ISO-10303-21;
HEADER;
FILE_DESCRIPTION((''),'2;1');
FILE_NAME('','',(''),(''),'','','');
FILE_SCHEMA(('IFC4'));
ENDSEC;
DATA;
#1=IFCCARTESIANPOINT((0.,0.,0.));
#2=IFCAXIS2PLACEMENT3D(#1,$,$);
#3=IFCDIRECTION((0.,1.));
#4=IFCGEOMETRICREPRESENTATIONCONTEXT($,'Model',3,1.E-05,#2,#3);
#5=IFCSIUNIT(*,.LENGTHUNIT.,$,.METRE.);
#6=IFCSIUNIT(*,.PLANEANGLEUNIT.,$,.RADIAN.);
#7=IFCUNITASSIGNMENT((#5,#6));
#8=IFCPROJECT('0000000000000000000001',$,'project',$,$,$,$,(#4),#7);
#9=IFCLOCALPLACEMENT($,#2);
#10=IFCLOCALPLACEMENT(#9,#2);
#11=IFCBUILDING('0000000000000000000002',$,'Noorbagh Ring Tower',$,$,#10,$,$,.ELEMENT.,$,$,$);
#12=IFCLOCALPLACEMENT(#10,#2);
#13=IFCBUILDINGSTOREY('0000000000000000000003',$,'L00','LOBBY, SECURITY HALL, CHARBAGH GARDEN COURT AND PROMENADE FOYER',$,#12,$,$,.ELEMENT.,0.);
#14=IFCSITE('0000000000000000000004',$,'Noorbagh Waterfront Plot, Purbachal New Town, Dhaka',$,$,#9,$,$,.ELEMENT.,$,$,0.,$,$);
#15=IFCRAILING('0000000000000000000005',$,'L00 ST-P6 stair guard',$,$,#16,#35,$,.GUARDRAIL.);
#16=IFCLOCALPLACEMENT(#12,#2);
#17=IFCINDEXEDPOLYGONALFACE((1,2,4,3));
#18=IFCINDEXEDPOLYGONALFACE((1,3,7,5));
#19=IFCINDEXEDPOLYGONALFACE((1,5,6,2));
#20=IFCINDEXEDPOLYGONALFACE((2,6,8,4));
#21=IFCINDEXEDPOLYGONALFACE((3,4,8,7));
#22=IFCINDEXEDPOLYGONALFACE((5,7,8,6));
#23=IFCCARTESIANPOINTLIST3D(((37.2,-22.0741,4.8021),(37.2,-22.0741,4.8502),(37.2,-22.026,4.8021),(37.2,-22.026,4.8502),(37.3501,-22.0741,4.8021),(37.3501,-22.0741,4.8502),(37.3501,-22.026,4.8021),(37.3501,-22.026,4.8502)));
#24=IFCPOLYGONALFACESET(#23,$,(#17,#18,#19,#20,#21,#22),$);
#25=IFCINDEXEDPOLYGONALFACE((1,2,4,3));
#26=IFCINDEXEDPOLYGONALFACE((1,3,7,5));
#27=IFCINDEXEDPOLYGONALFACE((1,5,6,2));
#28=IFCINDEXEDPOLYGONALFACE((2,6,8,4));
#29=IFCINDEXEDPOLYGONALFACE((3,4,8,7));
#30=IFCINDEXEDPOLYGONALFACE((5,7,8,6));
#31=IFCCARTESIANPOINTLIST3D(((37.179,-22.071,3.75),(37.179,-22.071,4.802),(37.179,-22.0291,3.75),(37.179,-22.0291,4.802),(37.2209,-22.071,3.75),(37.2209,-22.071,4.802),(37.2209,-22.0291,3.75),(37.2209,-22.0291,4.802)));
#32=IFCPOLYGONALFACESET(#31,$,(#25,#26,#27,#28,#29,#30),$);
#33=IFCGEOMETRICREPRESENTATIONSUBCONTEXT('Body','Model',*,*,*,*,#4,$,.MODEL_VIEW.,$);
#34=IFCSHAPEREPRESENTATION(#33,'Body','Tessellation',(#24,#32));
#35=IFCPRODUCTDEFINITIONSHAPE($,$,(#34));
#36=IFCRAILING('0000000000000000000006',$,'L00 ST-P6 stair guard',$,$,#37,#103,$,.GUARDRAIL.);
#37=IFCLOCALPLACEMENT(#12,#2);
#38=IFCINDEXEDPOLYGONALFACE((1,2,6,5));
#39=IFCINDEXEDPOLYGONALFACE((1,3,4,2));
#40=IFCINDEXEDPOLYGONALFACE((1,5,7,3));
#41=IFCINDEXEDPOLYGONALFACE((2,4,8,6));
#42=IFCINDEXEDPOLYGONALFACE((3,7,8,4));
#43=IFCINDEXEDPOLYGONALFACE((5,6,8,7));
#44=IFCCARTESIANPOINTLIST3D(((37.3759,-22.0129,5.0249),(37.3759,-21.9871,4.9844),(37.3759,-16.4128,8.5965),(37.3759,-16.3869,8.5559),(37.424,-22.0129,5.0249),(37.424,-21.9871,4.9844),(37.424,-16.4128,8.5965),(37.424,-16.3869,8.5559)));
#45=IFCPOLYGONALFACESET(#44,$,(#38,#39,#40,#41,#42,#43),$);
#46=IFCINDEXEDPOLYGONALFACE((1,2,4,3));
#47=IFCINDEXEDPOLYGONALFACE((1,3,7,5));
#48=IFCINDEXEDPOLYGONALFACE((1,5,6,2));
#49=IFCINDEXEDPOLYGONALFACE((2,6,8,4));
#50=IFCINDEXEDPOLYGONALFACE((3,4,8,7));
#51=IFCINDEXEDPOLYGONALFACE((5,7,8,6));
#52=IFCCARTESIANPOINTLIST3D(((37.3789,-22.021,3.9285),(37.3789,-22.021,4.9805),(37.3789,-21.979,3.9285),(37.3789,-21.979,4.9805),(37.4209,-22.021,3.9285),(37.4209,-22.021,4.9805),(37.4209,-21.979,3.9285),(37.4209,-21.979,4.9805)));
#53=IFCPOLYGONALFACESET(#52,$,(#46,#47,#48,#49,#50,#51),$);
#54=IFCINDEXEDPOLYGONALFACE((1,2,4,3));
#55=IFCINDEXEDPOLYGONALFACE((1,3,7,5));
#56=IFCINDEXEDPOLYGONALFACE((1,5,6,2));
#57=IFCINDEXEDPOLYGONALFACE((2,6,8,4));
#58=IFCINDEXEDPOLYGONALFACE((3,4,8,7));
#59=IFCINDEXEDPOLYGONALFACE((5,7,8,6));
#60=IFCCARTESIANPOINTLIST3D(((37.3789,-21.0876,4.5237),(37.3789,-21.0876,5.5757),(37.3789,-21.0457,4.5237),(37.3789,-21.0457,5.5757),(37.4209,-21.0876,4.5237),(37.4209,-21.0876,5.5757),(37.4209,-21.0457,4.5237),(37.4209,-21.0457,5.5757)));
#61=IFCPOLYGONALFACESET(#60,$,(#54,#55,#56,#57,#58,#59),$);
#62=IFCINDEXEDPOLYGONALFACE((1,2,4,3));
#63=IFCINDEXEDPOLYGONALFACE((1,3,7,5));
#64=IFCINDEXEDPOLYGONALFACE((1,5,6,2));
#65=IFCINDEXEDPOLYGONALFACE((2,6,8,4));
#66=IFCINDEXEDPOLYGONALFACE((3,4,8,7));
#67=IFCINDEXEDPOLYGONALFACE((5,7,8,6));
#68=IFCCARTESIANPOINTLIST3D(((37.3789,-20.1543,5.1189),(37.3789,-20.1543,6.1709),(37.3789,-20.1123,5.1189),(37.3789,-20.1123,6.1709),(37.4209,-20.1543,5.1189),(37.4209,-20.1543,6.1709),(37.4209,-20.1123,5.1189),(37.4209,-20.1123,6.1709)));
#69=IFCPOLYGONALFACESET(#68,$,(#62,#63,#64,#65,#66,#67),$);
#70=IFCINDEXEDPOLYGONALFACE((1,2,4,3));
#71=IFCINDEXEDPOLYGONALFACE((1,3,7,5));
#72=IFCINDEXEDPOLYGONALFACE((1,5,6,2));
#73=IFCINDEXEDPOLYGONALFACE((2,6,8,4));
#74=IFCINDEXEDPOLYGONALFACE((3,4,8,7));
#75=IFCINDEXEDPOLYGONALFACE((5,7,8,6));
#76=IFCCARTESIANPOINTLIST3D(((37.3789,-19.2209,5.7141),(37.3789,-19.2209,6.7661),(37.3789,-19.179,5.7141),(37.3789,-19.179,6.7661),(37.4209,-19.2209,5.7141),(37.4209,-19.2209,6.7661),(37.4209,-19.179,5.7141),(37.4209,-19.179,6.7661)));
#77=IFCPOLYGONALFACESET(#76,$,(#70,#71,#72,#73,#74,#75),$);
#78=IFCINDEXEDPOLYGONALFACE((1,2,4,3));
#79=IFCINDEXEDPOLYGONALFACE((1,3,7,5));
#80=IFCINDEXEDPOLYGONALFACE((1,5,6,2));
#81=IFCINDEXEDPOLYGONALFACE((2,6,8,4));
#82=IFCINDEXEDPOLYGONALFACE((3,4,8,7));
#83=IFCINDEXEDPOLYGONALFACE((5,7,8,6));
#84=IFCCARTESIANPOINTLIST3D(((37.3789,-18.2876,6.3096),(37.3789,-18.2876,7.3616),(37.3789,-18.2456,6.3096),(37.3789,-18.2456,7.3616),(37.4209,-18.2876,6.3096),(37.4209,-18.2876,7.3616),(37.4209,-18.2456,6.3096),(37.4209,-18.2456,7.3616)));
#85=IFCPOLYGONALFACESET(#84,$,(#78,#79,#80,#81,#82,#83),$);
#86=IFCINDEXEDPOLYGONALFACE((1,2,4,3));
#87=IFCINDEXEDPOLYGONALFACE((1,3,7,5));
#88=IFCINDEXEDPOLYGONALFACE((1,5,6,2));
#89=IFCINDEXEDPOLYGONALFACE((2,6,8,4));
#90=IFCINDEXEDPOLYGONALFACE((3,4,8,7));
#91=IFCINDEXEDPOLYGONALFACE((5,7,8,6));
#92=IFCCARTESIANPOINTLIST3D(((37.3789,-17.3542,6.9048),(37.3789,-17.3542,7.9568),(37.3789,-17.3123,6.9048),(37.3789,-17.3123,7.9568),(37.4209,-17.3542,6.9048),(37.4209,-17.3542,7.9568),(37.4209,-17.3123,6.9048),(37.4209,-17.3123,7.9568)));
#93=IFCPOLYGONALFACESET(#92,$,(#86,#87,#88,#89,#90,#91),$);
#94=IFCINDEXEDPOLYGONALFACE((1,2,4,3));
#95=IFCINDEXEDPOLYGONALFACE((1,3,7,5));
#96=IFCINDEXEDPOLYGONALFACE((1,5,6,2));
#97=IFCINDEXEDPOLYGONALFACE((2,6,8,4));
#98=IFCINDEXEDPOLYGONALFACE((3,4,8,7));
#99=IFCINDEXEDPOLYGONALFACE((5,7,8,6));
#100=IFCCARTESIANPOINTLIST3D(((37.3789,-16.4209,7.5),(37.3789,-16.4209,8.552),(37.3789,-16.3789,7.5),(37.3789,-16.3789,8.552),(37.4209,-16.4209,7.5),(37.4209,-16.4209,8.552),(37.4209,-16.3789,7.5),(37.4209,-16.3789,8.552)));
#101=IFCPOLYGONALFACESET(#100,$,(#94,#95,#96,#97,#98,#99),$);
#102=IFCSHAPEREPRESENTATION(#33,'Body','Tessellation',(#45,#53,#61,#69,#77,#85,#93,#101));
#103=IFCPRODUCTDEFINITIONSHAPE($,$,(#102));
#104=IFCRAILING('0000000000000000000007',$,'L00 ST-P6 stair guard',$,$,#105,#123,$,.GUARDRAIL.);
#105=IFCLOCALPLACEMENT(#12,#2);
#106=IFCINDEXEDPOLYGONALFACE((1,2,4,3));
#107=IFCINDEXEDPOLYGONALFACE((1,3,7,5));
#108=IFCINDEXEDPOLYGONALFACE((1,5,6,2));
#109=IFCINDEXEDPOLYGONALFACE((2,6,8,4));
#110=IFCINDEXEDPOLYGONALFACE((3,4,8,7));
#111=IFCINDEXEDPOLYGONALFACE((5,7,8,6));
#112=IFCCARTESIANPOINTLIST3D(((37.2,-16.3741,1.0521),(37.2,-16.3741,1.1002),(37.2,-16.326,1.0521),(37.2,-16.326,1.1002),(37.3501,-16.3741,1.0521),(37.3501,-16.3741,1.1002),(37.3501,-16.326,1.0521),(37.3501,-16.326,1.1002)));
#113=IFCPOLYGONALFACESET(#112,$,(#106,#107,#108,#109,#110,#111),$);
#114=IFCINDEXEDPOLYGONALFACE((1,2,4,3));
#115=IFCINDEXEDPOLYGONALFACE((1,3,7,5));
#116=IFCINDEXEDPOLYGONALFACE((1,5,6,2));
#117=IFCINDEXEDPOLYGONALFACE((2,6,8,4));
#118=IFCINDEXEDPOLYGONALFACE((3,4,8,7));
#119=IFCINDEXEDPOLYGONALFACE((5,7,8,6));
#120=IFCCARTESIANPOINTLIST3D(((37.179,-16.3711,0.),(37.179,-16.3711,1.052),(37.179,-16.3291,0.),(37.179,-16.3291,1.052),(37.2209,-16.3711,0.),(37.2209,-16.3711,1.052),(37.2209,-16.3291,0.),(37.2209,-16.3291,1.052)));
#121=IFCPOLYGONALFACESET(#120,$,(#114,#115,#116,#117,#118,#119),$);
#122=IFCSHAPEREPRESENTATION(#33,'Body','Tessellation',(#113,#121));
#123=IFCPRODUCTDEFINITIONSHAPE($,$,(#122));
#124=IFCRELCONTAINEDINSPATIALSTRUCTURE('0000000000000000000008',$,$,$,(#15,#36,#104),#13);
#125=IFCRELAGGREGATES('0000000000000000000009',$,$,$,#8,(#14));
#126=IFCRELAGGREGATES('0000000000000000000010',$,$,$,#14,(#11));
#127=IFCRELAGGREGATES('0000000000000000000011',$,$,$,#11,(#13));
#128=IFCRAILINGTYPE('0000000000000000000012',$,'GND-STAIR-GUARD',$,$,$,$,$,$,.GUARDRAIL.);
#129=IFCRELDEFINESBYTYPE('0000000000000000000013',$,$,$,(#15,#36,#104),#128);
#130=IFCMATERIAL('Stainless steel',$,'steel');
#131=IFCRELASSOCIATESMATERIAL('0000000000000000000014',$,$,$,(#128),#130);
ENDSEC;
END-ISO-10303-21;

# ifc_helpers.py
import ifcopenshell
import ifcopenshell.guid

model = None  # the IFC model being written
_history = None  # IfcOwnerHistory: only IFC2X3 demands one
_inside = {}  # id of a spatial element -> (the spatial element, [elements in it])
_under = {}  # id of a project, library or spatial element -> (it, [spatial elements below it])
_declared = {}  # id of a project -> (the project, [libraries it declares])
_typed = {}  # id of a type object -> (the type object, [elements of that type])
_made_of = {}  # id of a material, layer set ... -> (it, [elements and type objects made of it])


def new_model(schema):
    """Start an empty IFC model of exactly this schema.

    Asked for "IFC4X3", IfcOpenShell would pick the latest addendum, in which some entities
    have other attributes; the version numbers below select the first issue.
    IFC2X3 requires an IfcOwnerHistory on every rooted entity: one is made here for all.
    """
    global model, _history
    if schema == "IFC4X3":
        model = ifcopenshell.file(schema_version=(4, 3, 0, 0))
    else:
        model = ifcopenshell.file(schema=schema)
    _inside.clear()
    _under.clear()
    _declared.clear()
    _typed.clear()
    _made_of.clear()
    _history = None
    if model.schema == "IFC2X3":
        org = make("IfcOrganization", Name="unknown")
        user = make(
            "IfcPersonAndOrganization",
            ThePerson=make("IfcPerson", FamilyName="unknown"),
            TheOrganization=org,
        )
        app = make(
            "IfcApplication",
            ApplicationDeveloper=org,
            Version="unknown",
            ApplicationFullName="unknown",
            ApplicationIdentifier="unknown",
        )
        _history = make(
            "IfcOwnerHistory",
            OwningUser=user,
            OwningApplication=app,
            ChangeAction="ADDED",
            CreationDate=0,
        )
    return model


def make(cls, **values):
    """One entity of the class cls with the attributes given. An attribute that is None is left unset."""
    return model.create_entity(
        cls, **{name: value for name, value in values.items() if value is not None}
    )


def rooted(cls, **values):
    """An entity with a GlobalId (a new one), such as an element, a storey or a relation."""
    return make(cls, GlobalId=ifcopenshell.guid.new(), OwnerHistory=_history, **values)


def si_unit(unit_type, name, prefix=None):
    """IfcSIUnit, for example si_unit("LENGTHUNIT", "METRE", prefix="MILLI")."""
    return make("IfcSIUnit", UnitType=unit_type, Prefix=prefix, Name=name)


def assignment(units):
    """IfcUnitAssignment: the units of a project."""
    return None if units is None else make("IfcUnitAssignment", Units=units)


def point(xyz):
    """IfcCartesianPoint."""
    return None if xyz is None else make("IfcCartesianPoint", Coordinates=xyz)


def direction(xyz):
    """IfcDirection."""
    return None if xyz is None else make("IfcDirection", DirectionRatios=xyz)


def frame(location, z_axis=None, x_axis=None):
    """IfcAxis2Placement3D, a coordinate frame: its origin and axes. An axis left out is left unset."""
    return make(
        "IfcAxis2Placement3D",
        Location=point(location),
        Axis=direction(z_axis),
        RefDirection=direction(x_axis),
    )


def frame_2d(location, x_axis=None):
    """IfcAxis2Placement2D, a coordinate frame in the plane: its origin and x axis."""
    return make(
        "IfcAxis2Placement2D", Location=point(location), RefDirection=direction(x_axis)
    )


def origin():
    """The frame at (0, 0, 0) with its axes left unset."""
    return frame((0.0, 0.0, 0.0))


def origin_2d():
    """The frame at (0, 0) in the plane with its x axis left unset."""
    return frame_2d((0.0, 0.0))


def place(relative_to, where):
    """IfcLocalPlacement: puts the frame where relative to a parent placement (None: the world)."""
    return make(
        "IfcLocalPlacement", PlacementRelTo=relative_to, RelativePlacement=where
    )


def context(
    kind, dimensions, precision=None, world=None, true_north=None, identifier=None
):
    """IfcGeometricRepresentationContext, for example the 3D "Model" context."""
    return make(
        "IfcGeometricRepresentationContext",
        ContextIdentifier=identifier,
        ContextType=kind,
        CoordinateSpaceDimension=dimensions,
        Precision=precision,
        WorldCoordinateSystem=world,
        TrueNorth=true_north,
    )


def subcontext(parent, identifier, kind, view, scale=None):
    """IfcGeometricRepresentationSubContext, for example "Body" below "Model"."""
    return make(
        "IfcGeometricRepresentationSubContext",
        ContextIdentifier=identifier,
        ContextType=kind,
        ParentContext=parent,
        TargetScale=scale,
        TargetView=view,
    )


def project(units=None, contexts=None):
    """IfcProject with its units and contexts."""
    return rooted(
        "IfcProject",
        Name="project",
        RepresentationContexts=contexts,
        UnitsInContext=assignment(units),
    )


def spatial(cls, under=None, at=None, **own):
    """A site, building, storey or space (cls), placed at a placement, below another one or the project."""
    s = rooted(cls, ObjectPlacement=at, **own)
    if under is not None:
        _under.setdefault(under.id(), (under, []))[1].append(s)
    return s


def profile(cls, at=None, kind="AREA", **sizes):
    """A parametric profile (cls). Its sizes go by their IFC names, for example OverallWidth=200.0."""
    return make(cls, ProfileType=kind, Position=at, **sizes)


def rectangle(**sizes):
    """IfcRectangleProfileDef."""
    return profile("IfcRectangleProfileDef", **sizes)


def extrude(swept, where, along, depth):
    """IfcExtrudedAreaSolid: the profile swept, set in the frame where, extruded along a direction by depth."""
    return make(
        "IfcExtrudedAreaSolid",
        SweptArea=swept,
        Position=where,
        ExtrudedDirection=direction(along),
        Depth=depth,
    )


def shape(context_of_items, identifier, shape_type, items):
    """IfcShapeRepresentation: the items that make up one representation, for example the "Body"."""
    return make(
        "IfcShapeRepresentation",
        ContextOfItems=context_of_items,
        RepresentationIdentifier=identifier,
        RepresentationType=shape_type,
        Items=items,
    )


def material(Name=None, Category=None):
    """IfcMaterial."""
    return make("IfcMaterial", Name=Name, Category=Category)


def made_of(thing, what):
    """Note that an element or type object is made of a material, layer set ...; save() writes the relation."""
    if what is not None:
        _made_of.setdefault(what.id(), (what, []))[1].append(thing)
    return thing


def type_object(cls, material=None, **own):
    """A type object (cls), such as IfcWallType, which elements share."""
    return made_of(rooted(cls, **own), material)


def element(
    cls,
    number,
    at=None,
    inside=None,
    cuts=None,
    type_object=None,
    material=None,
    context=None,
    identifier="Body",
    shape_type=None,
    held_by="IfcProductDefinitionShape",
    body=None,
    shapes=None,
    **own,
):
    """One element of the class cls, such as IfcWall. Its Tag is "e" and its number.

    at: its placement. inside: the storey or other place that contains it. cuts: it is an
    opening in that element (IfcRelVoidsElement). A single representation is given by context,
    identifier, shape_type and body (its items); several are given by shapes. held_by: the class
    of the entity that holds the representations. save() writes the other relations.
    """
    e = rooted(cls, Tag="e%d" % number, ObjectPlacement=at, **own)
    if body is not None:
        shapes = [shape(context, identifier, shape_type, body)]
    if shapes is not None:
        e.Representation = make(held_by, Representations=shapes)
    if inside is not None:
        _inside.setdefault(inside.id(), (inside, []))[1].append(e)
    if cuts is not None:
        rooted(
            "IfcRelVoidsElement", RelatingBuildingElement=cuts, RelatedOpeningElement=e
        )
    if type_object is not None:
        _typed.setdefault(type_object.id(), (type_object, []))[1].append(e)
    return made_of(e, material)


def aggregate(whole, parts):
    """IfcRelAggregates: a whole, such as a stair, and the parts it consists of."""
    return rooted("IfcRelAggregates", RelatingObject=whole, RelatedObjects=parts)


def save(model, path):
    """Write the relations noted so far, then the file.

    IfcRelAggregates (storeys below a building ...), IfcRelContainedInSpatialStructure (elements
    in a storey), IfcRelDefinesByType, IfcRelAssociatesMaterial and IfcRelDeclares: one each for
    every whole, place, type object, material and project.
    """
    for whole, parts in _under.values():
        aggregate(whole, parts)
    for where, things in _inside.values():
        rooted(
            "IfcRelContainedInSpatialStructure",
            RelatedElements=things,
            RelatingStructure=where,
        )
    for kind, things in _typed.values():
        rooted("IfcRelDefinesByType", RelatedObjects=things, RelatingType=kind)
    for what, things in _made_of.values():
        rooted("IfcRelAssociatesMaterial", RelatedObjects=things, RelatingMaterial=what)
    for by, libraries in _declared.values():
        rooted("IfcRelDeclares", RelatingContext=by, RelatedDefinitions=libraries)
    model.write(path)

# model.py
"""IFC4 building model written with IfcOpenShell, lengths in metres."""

from ifc_helpers import new_model, si_unit, direction, frame, origin, origin_2d, place, context, subcontext, project, spatial, rectangle, extrude, material, type_object, element, save


model = new_model("IFC4")

# Units and contexts
model_context = context("Model", 3, precision=1e-05, world=origin(), true_north=direction((0.0, 1.0)))
body_context = subcontext(model_context, "Body", "Model", "MODEL_VIEW")
ifc_project = project(units=[si_unit("LENGTHUNIT", "METRE"), si_unit("PLANEANGLEUNIT", "RADIAN")], contexts=[model_context])

# Site, building, storey
site_placement = place(None, origin())
site = spatial("IfcSite", under=ifc_project, at=site_placement, Name="Noorbagh Waterfront Plot, Purbachal New Town, Dhaka", CompositionType="ELEMENT", RefElevation=0.0)
building_placement = place(site_placement, origin())
building = spatial("IfcBuilding", under=site, at=building_placement, Name="Noorbagh Ring Tower", CompositionType="ELEMENT")
storey_placement = place(building_placement, origin())
storey = spatial("IfcBuildingStorey", under=building, at=storey_placement, Name="L00", Description="LOBBY, SECURITY HALL, CHARBAGH GARDEN COURT AND PROMENADE FOYER", CompositionType="ELEMENT", Elevation=0.0)

# Railings
ifc_material_1 = material(Name="Stainless steel", Category="steel")
railing_type_1 = type_object("IfcRailingType", Name="GND-STAIR-GUARD", PredefinedType="GUARDRAIL", material=ifc_material_1)
railing_1_placement = place(storey_placement, frame((37.2, -22.05, 3.75)))
element("IfcRailing", 1, at=railing_1_placement, inside=storey, type_object=railing_type_1, Name="L00 ST-P6 stair guard", PredefinedType="GUARDRAIL", context=body_context, shape_type="SweptSolid", body=[
    extrude(rectangle(XDim=0.0481, YDim=0.0481, at=origin_2d()), frame((0.0, 0.0, 1.0762), z_axis=(1.0, 0.0, 0.0), x_axis=(0.0, 1.0, 0.0)), (0.0, 0.0, 1.0), 0.1501),
    extrude(rectangle(XDim=0.042, YDim=0.042, at=origin_2d()), origin(), (0.0, 0.0, 1.0), 1.052),
])
railing_2_placement = place(storey_placement, frame((37.3999, -22.0, 3.9285)))
element("IfcRailing", 2, at=railing_2_placement, inside=storey, type_object=railing_type_1, Name="L00 ST-P6 stair guard", PredefinedType="GUARDRAIL", context=body_context, shape_type="SweptSolid", body=[
    extrude(rectangle(XDim=0.0481, YDim=0.0481, at=origin_2d()), frame((0.0, 0.0, 1.0762), z_axis=(0.0, 0.843127, 0.537715), x_axis=(-1.0, 0.0, 0.0)), (0.0, 0.0, 1.0), 6.6421),
    extrude(rectangle(XDim=0.042, YDim=0.042, at=origin_2d()), origin(), (0.0, 0.0, 1.0), 1.052),
    extrude(rectangle(XDim=0.042, YDim=0.042, at=origin_2d()), frame((0.0, 0.9333, 0.5952)), (0.0, 0.0, 1.0), 1.052),
    extrude(rectangle(XDim=0.042, YDim=0.042, at=origin_2d()), frame((0.0, 1.8667, 1.1904)), (0.0, 0.0, 1.0), 1.052),
    extrude(rectangle(XDim=0.042, YDim=0.042, at=origin_2d()), frame((0.0, 2.8, 1.7856)), (0.0, 0.0, 1.0), 1.052),
    extrude(rectangle(XDim=0.042, YDim=0.042, at=origin_2d()), frame((0.0, 3.7334, 2.3811)), (0.0, 0.0, 1.0), 1.052),
    extrude(rectangle(XDim=0.042, YDim=0.042, at=origin_2d()), frame((0.0, 4.6667, 2.9763)), (0.0, 0.0, 1.0), 1.052),
    extrude(rectangle(XDim=0.042, YDim=0.042, at=origin_2d()), frame((0.0, 5.6001, 3.5715)), (0.0, 0.0, 1.0), 1.052),
])
railing_3_placement = place(storey_placement, frame((37.2, -16.3501, 0.0)))
element("IfcRailing", 3, at=railing_3_placement, inside=storey, type_object=railing_type_1, Name="L00 ST-P6 stair guard", PredefinedType="GUARDRAIL", context=body_context, shape_type="SweptSolid", body=[
    extrude(rectangle(XDim=0.0481, YDim=0.0481, at=origin_2d()), frame((0.0, 0.0, 1.0762), z_axis=(1.0, 0.0, 0.0), x_axis=(0.0, 1.0, 0.0)), (0.0, 0.0, 1.0), 0.1501),
    extrude(rectangle(XDim=0.042, YDim=0.042, at=origin_2d()), origin(), (0.0, 0.0, 1.0), 1.052),
])

save(model, "model.ifc")
